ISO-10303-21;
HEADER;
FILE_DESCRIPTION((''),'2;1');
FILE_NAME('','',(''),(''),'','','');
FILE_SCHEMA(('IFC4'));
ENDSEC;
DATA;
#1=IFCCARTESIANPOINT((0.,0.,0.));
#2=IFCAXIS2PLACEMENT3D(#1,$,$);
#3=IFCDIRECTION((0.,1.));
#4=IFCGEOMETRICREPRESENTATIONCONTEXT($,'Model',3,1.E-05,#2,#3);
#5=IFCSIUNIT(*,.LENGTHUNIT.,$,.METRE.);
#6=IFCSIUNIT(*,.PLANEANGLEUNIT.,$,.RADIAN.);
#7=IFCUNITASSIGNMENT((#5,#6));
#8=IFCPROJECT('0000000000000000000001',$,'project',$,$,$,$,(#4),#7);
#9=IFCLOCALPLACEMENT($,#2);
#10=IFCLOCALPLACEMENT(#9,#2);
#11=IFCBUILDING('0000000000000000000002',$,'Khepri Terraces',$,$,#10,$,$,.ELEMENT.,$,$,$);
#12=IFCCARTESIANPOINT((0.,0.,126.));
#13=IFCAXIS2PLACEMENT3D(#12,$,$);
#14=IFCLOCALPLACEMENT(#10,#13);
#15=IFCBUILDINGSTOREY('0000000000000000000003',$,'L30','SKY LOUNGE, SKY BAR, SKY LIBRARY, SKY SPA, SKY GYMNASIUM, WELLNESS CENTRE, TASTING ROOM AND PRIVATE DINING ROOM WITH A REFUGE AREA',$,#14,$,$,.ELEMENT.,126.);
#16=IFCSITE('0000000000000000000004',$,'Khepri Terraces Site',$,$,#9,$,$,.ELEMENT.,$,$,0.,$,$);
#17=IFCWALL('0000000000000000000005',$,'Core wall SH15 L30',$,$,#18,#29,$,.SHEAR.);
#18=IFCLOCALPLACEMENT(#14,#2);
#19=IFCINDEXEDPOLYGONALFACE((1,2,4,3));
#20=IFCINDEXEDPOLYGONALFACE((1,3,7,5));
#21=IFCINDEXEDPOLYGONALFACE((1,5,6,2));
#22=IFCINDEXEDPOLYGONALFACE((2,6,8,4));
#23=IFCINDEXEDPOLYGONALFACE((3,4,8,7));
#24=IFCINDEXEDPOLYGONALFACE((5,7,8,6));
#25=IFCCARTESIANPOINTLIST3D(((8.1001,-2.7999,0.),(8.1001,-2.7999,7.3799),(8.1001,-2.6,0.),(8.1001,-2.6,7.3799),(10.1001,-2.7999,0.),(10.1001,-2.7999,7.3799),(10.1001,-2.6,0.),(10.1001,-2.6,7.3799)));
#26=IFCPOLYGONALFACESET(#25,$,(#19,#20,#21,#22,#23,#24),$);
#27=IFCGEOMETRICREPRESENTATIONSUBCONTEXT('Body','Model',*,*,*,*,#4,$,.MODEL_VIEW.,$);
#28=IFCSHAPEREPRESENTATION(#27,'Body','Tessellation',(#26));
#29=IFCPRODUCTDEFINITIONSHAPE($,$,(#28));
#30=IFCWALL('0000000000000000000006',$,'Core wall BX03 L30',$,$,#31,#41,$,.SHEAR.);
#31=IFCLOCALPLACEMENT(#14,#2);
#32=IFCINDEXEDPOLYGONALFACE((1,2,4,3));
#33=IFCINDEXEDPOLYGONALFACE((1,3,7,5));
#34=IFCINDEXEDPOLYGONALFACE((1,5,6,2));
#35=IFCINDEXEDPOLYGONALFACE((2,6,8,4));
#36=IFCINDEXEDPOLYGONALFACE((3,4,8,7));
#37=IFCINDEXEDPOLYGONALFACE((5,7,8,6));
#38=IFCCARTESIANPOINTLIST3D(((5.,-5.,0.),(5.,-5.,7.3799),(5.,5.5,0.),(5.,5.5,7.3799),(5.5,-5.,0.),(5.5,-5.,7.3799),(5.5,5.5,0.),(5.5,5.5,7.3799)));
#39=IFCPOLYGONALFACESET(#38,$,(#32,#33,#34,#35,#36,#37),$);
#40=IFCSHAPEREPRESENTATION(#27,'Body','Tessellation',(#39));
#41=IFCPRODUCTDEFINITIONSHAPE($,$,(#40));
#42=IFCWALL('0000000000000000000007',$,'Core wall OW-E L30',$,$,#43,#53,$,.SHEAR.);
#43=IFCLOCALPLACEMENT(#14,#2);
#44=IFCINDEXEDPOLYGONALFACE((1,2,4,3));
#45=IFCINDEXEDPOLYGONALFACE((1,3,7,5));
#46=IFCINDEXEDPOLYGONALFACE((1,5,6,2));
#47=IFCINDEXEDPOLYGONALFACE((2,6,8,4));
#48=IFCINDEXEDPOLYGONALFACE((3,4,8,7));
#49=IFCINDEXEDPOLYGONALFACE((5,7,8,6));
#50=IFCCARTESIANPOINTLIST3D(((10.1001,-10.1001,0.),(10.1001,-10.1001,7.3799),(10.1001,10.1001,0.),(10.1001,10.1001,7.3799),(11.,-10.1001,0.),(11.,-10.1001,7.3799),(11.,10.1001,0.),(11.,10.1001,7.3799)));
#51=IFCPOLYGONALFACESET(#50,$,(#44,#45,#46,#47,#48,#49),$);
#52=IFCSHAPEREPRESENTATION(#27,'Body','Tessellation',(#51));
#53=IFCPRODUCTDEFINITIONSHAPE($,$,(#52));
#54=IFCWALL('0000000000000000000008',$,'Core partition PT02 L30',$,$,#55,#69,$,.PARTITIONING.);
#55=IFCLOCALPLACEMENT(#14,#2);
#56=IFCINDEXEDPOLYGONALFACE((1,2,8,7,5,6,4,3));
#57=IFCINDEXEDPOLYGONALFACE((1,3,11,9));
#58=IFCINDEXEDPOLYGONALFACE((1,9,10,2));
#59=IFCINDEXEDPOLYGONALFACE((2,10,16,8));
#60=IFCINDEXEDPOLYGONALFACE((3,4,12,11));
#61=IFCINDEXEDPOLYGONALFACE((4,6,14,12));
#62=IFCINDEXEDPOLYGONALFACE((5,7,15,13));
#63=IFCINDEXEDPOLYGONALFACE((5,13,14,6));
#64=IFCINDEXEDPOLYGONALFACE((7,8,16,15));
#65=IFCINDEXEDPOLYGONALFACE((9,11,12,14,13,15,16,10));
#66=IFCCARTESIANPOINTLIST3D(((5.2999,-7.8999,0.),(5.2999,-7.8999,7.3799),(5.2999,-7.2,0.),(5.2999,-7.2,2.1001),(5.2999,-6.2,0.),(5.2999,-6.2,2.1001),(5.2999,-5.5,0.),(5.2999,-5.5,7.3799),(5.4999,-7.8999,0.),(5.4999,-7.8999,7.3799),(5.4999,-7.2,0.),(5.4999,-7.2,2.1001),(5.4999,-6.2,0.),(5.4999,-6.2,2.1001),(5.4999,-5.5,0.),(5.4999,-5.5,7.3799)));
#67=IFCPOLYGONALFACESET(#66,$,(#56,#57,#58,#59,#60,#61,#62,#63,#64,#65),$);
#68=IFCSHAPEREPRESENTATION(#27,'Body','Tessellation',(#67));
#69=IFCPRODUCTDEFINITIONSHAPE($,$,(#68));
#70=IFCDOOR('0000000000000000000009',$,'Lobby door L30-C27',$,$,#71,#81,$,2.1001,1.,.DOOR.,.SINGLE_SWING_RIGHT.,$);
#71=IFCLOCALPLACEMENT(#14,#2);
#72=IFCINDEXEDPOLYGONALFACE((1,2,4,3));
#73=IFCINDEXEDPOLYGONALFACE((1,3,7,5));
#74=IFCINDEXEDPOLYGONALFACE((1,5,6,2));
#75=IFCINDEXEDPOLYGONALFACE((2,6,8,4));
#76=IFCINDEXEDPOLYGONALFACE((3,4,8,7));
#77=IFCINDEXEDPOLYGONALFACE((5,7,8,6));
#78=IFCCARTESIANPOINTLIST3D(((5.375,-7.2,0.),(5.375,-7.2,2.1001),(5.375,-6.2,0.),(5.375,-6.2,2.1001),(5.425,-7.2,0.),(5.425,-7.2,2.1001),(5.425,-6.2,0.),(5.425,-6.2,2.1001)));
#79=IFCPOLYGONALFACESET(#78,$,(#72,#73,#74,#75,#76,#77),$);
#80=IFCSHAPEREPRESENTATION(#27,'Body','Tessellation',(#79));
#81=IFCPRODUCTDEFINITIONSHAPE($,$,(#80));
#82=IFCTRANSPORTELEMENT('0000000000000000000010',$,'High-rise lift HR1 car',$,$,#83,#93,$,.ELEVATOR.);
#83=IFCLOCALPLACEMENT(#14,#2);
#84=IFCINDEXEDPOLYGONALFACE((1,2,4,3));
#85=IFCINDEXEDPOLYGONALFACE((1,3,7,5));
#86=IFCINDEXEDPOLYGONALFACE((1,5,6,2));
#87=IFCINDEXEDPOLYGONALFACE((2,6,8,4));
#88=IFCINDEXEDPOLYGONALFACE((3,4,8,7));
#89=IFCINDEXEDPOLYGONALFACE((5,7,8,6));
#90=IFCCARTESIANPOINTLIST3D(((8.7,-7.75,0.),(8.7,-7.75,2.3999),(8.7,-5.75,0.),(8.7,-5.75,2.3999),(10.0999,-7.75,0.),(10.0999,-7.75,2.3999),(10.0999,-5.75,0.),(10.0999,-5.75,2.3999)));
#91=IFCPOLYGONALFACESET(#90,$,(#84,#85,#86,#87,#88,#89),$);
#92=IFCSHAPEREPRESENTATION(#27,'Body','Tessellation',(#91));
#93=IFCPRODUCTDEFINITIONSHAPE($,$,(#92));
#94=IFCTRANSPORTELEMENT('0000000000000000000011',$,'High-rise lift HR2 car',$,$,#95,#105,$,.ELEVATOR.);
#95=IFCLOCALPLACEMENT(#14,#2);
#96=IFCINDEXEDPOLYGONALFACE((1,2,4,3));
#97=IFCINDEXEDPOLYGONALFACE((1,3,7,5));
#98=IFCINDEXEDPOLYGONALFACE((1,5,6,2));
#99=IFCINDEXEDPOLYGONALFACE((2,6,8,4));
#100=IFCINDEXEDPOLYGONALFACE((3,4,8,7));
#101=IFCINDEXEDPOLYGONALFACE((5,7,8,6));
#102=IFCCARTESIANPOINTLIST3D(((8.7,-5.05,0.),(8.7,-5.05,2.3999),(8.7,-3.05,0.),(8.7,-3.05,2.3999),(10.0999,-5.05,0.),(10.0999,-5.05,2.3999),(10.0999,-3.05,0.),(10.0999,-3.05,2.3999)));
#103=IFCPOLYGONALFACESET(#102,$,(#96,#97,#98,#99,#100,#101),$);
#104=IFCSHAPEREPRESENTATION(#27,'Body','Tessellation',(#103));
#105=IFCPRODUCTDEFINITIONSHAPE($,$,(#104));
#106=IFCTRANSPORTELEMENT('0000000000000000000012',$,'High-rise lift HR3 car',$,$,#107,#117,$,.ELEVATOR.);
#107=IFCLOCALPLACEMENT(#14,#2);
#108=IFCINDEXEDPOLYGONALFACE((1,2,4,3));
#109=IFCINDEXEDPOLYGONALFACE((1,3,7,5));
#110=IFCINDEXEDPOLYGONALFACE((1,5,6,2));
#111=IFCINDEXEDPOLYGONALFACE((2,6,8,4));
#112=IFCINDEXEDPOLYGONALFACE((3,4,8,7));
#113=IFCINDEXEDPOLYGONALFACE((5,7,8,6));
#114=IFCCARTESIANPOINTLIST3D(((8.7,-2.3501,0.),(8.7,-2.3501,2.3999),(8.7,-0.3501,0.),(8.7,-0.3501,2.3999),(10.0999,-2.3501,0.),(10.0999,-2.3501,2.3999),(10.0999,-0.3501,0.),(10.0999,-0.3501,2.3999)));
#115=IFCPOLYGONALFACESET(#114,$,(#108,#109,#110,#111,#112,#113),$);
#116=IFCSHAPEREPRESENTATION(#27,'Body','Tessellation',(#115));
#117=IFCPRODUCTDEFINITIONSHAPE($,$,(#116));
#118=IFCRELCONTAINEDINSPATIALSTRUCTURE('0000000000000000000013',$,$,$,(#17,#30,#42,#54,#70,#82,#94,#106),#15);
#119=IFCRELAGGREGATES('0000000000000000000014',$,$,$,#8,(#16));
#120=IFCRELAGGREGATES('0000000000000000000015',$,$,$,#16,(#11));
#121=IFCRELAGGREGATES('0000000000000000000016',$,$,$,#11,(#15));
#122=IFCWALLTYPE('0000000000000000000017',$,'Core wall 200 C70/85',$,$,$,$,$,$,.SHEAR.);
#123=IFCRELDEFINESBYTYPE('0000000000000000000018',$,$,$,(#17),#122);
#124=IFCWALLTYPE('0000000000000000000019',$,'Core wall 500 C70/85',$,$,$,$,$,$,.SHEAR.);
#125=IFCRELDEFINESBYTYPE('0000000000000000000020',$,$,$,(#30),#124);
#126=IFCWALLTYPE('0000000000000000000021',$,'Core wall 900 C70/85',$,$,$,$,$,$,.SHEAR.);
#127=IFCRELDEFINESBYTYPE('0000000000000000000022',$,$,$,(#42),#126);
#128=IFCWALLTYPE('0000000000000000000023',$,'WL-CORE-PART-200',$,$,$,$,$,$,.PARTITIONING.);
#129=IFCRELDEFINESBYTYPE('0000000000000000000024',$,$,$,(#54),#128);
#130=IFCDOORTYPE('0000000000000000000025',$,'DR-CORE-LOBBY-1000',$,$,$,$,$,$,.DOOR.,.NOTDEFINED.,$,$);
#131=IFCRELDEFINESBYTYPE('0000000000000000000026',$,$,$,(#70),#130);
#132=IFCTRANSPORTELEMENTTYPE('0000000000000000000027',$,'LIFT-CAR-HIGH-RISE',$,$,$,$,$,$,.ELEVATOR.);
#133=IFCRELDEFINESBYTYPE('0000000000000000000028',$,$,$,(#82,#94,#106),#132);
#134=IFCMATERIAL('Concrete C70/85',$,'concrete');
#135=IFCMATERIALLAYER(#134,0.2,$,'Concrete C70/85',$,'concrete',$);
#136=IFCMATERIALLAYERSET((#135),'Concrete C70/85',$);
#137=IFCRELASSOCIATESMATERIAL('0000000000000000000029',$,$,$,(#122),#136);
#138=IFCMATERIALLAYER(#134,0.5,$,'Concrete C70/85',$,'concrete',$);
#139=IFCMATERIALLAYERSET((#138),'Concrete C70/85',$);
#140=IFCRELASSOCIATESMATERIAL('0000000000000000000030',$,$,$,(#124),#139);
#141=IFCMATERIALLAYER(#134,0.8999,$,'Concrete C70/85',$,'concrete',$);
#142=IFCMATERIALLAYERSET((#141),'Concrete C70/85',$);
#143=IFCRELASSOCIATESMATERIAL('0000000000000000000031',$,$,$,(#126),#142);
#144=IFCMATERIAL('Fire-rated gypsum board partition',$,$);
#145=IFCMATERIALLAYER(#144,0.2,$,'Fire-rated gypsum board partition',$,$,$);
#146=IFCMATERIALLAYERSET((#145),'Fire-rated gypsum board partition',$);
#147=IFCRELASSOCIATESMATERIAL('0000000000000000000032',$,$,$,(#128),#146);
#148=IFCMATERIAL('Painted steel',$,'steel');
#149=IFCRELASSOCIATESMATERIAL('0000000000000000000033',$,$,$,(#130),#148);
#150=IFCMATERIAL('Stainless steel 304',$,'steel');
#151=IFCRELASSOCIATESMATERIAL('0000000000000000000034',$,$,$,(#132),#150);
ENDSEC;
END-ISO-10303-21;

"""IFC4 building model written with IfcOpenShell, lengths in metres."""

from ifc_helpers import new_model, si_unit, direction, frame, frame_2d, origin, origin_2d, place, context, subcontext, project, spatial, rectangle, extrude, material, layer, layer_set, type_object, element, fill, save


model = new_model("IFC4")

# Units and contexts
model_context = context("Model", 3, precision=1e-05, world=origin(), true_north=direction((0.0, 1.0)))
body_context = subcontext(model_context, "Body", "Model", "MODEL_VIEW")
ifc_project = project(units=[si_unit("LENGTHUNIT", "METRE"), si_unit("PLANEANGLEUNIT", "RADIAN")], contexts=[model_context])

# Site, building, storey
site_placement = place(None, origin())
site = spatial("IfcSite", under=ifc_project, at=site_placement, Name="Khepri Terraces Site", CompositionType="ELEMENT", RefElevation=0.0)
building_placement = place(site_placement, origin())
building = spatial("IfcBuilding", under=site, at=building_placement, Name="Khepri Terraces", CompositionType="ELEMENT")
storey_placement = place(building_placement, frame((0.0, 0.0, 126.0)))
storey = spatial("IfcBuildingStorey", under=building, at=storey_placement, Name="L30", Description="SKY LOUNGE, SKY BAR, SKY LIBRARY, SKY SPA, SKY GYMNASIUM, WELLNESS CENTRE, TASTING ROOM AND PRIVATE DINING ROOM WITH A REFUGE AREA", CompositionType="ELEMENT", Elevation=126.0)

# Shared definitions
ifc_material_1 = material(Name="Concrete C70/85", Category="concrete")
ifc_layer_1 = layer(ifc_material_1, 0.2, Name="Concrete C70/85", Category="concrete")
ifc_layer_set_1 = layer_set([ifc_layer_1], Name="Concrete C70/85")
wall_type_1 = type_object("IfcWallType", Name="Core wall 200 C70/85", PredefinedType="SHEAR", material=ifc_layer_set_1)

# Shared definitions
ifc_material_2 = material(Name="Stainless steel 304", Category="steel")

# Walls
for number, where, z_axis, x_axis, name in (
    (1, (8.1001, -2.7, 0.0), (0.0, 0.0, 1.0), (1.0, 0.0, 0.0), "Core wall SH15 L30"),
):
    element("IfcWall", number, at=place(storey_placement, frame(where, z_axis=z_axis, x_axis=x_axis)), inside=storey, type_object=wall_type_1, Name=name, PredefinedType="SHEAR", context=body_context, shape_type="SweptSolid", body=[
        extrude(rectangle(XDim=2.0, YDim=0.2, at=frame_2d((1.0, 0.0))), origin(), (0.0, 0.0, 1.0), 7.3799),
    ])
ifc_layer_2 = layer(ifc_material_1, 0.5, Name="Concrete C70/85", Category="concrete")
ifc_layer_set_2 = layer_set([ifc_layer_2], Name="Concrete C70/85")
wall_type_2 = type_object("IfcWallType", Name="Core wall 500 C70/85", PredefinedType="SHEAR", material=ifc_layer_set_2)
wall_1_placement = place(storey_placement, frame((5.25, -5.0, 0.0), z_axis=(0.0, 0.0, 1.0), x_axis=(0.0, 1.0, 0.0)))
element("IfcWall", 2, at=wall_1_placement, inside=storey, type_object=wall_type_2, Name="Core wall BX03 L30", PredefinedType="SHEAR", context=body_context, shape_type="SweptSolid", body=[
    extrude(rectangle(XDim=10.5, YDim=0.5, at=frame_2d((5.25, 0.0))), origin(), (0.0, 0.0, 1.0), 7.3799),
])
ifc_layer_3 = layer(ifc_material_1, 0.8999, Name="Concrete C70/85", Category="concrete")
ifc_layer_set_3 = layer_set([ifc_layer_3], Name="Concrete C70/85")
wall_type_3 = type_object("IfcWallType", Name="Core wall 900 C70/85", PredefinedType="SHEAR", material=ifc_layer_set_3)
wall_2_placement = place(storey_placement, frame((10.55, -10.1001, 0.0), z_axis=(0.0, 0.0, 1.0), x_axis=(0.0, 1.0, 0.0)))
element("IfcWall", 3, at=wall_2_placement, inside=storey, type_object=wall_type_3, Name="Core wall OW-E L30", PredefinedType="SHEAR", context=body_context, shape_type="SweptSolid", body=[
    extrude(rectangle(XDim=20.2002, YDim=0.8999, at=frame_2d((10.1001, 0.0))), origin(), (0.0, 0.0, 1.0), 7.3799),
])

# Wall, opening, door
ifc_material_3 = material(Name="Fire-rated gypsum board partition")
ifc_layer_4 = layer(ifc_material_3, 0.2, Name="Fire-rated gypsum board partition")
ifc_layer_set_4 = layer_set([ifc_layer_4], Name="Fire-rated gypsum board partition")
wall_type_4 = type_object("IfcWallType", Name="WL-CORE-PART-200", PredefinedType="PARTITIONING", material=ifc_layer_set_4)
wall_3_placement = place(storey_placement, frame((5.3999, -7.8999, 0.0), z_axis=(0.0, 0.0, 1.0), x_axis=(0.0, 1.0, 0.0)))
wall_3 = element("IfcWall", 4, at=wall_3_placement, inside=storey, type_object=wall_type_4, Name="Core partition PT02 L30", PredefinedType="PARTITIONING", context=body_context, shape_type="SweptSolid", body=[
    extrude(rectangle(XDim=2.3999, YDim=0.2, at=frame_2d((1.2, 0.0))), origin(), (0.0, 0.0, 1.0), 7.3799),
])
opening_1_placement = place(wall_3_placement, frame((0.7, 0.0, 0.0)))
opening_1 = element("IfcOpeningElement", 5, at=opening_1_placement, cuts=wall_3, PredefinedType="OPENING", context=body_context, shape_type="SweptSolid", body=[
    extrude(rectangle(XDim=1.0, YDim=2.1001, at=frame_2d((0.5, 1.05))), frame((0.0, 0.1099, 0.0), z_axis=(0.0, -1.0, 0.0), x_axis=(1.0, 0.0, 0.0)), (0.0, 0.0, 1.0), 0.22),
])
ifc_material_4 = material(Name="Painted steel", Category="steel")
door_type_1 = type_object("IfcDoorType", Name="DR-CORE-LOBBY-1000", OperationType="NOTDEFINED", PredefinedType="DOOR", material=ifc_material_4)
door_1_placement = place(opening_1_placement, origin())
door_1 = element("IfcDoor", 6, at=door_1_placement, inside=storey, type_object=door_type_1, Name="Lobby door L30-C27", OperationType="SINGLE_SWING_RIGHT", OverallHeight=2.1001, OverallWidth=1.0, PredefinedType="DOOR", context=body_context, shape_type="SweptSolid", body=[
    extrude(rectangle(XDim=1.0, YDim=2.1001, at=frame_2d((0.5, 1.05))), frame((0.0, 0.0249, 0.0), z_axis=(0.0, -1.0, 0.0), x_axis=(1.0, 0.0, 0.0)), (0.0, 0.0, 1.0), 0.05),
])
fill(opening_1, door_1)

# Transport elements
transport_element_type = type_object("IfcTransportElementType", Name="LIFT-CAR-HIGH-RISE", PredefinedType="ELEVATOR", material=ifc_material_2)
for number, where, z_axis, x_axis, name in (
    (7, (9.3999, -6.75, 0.0), (0.0, 0.0, 1.0), (1.0, 0.0, 0.0), "High-rise lift HR1 car"),
    (8, (9.3999, -4.05, 0.0), (0.0, 0.0, 1.0), (1.0, 0.0, 0.0), "High-rise lift HR2 car"),
    (9, (9.3999, -1.3501, 0.0), (0.0, 0.0, 1.0), (1.0, 0.0, 0.0), "High-rise lift HR3 car"),
):
    element("IfcTransportElement", number, at=place(storey_placement, frame(where, z_axis=z_axis, x_axis=x_axis)), inside=storey, type_object=transport_element_type, Name=name, PredefinedType="ELEVATOR", context=body_context, shape_type="SweptSolid", body=[
        extrude(rectangle(XDim=1.3999, YDim=2.0, at=origin_2d()), origin(), (0.0, 0.0, 1.0), 2.3999),
    ])

save(model, "model.ifc")
